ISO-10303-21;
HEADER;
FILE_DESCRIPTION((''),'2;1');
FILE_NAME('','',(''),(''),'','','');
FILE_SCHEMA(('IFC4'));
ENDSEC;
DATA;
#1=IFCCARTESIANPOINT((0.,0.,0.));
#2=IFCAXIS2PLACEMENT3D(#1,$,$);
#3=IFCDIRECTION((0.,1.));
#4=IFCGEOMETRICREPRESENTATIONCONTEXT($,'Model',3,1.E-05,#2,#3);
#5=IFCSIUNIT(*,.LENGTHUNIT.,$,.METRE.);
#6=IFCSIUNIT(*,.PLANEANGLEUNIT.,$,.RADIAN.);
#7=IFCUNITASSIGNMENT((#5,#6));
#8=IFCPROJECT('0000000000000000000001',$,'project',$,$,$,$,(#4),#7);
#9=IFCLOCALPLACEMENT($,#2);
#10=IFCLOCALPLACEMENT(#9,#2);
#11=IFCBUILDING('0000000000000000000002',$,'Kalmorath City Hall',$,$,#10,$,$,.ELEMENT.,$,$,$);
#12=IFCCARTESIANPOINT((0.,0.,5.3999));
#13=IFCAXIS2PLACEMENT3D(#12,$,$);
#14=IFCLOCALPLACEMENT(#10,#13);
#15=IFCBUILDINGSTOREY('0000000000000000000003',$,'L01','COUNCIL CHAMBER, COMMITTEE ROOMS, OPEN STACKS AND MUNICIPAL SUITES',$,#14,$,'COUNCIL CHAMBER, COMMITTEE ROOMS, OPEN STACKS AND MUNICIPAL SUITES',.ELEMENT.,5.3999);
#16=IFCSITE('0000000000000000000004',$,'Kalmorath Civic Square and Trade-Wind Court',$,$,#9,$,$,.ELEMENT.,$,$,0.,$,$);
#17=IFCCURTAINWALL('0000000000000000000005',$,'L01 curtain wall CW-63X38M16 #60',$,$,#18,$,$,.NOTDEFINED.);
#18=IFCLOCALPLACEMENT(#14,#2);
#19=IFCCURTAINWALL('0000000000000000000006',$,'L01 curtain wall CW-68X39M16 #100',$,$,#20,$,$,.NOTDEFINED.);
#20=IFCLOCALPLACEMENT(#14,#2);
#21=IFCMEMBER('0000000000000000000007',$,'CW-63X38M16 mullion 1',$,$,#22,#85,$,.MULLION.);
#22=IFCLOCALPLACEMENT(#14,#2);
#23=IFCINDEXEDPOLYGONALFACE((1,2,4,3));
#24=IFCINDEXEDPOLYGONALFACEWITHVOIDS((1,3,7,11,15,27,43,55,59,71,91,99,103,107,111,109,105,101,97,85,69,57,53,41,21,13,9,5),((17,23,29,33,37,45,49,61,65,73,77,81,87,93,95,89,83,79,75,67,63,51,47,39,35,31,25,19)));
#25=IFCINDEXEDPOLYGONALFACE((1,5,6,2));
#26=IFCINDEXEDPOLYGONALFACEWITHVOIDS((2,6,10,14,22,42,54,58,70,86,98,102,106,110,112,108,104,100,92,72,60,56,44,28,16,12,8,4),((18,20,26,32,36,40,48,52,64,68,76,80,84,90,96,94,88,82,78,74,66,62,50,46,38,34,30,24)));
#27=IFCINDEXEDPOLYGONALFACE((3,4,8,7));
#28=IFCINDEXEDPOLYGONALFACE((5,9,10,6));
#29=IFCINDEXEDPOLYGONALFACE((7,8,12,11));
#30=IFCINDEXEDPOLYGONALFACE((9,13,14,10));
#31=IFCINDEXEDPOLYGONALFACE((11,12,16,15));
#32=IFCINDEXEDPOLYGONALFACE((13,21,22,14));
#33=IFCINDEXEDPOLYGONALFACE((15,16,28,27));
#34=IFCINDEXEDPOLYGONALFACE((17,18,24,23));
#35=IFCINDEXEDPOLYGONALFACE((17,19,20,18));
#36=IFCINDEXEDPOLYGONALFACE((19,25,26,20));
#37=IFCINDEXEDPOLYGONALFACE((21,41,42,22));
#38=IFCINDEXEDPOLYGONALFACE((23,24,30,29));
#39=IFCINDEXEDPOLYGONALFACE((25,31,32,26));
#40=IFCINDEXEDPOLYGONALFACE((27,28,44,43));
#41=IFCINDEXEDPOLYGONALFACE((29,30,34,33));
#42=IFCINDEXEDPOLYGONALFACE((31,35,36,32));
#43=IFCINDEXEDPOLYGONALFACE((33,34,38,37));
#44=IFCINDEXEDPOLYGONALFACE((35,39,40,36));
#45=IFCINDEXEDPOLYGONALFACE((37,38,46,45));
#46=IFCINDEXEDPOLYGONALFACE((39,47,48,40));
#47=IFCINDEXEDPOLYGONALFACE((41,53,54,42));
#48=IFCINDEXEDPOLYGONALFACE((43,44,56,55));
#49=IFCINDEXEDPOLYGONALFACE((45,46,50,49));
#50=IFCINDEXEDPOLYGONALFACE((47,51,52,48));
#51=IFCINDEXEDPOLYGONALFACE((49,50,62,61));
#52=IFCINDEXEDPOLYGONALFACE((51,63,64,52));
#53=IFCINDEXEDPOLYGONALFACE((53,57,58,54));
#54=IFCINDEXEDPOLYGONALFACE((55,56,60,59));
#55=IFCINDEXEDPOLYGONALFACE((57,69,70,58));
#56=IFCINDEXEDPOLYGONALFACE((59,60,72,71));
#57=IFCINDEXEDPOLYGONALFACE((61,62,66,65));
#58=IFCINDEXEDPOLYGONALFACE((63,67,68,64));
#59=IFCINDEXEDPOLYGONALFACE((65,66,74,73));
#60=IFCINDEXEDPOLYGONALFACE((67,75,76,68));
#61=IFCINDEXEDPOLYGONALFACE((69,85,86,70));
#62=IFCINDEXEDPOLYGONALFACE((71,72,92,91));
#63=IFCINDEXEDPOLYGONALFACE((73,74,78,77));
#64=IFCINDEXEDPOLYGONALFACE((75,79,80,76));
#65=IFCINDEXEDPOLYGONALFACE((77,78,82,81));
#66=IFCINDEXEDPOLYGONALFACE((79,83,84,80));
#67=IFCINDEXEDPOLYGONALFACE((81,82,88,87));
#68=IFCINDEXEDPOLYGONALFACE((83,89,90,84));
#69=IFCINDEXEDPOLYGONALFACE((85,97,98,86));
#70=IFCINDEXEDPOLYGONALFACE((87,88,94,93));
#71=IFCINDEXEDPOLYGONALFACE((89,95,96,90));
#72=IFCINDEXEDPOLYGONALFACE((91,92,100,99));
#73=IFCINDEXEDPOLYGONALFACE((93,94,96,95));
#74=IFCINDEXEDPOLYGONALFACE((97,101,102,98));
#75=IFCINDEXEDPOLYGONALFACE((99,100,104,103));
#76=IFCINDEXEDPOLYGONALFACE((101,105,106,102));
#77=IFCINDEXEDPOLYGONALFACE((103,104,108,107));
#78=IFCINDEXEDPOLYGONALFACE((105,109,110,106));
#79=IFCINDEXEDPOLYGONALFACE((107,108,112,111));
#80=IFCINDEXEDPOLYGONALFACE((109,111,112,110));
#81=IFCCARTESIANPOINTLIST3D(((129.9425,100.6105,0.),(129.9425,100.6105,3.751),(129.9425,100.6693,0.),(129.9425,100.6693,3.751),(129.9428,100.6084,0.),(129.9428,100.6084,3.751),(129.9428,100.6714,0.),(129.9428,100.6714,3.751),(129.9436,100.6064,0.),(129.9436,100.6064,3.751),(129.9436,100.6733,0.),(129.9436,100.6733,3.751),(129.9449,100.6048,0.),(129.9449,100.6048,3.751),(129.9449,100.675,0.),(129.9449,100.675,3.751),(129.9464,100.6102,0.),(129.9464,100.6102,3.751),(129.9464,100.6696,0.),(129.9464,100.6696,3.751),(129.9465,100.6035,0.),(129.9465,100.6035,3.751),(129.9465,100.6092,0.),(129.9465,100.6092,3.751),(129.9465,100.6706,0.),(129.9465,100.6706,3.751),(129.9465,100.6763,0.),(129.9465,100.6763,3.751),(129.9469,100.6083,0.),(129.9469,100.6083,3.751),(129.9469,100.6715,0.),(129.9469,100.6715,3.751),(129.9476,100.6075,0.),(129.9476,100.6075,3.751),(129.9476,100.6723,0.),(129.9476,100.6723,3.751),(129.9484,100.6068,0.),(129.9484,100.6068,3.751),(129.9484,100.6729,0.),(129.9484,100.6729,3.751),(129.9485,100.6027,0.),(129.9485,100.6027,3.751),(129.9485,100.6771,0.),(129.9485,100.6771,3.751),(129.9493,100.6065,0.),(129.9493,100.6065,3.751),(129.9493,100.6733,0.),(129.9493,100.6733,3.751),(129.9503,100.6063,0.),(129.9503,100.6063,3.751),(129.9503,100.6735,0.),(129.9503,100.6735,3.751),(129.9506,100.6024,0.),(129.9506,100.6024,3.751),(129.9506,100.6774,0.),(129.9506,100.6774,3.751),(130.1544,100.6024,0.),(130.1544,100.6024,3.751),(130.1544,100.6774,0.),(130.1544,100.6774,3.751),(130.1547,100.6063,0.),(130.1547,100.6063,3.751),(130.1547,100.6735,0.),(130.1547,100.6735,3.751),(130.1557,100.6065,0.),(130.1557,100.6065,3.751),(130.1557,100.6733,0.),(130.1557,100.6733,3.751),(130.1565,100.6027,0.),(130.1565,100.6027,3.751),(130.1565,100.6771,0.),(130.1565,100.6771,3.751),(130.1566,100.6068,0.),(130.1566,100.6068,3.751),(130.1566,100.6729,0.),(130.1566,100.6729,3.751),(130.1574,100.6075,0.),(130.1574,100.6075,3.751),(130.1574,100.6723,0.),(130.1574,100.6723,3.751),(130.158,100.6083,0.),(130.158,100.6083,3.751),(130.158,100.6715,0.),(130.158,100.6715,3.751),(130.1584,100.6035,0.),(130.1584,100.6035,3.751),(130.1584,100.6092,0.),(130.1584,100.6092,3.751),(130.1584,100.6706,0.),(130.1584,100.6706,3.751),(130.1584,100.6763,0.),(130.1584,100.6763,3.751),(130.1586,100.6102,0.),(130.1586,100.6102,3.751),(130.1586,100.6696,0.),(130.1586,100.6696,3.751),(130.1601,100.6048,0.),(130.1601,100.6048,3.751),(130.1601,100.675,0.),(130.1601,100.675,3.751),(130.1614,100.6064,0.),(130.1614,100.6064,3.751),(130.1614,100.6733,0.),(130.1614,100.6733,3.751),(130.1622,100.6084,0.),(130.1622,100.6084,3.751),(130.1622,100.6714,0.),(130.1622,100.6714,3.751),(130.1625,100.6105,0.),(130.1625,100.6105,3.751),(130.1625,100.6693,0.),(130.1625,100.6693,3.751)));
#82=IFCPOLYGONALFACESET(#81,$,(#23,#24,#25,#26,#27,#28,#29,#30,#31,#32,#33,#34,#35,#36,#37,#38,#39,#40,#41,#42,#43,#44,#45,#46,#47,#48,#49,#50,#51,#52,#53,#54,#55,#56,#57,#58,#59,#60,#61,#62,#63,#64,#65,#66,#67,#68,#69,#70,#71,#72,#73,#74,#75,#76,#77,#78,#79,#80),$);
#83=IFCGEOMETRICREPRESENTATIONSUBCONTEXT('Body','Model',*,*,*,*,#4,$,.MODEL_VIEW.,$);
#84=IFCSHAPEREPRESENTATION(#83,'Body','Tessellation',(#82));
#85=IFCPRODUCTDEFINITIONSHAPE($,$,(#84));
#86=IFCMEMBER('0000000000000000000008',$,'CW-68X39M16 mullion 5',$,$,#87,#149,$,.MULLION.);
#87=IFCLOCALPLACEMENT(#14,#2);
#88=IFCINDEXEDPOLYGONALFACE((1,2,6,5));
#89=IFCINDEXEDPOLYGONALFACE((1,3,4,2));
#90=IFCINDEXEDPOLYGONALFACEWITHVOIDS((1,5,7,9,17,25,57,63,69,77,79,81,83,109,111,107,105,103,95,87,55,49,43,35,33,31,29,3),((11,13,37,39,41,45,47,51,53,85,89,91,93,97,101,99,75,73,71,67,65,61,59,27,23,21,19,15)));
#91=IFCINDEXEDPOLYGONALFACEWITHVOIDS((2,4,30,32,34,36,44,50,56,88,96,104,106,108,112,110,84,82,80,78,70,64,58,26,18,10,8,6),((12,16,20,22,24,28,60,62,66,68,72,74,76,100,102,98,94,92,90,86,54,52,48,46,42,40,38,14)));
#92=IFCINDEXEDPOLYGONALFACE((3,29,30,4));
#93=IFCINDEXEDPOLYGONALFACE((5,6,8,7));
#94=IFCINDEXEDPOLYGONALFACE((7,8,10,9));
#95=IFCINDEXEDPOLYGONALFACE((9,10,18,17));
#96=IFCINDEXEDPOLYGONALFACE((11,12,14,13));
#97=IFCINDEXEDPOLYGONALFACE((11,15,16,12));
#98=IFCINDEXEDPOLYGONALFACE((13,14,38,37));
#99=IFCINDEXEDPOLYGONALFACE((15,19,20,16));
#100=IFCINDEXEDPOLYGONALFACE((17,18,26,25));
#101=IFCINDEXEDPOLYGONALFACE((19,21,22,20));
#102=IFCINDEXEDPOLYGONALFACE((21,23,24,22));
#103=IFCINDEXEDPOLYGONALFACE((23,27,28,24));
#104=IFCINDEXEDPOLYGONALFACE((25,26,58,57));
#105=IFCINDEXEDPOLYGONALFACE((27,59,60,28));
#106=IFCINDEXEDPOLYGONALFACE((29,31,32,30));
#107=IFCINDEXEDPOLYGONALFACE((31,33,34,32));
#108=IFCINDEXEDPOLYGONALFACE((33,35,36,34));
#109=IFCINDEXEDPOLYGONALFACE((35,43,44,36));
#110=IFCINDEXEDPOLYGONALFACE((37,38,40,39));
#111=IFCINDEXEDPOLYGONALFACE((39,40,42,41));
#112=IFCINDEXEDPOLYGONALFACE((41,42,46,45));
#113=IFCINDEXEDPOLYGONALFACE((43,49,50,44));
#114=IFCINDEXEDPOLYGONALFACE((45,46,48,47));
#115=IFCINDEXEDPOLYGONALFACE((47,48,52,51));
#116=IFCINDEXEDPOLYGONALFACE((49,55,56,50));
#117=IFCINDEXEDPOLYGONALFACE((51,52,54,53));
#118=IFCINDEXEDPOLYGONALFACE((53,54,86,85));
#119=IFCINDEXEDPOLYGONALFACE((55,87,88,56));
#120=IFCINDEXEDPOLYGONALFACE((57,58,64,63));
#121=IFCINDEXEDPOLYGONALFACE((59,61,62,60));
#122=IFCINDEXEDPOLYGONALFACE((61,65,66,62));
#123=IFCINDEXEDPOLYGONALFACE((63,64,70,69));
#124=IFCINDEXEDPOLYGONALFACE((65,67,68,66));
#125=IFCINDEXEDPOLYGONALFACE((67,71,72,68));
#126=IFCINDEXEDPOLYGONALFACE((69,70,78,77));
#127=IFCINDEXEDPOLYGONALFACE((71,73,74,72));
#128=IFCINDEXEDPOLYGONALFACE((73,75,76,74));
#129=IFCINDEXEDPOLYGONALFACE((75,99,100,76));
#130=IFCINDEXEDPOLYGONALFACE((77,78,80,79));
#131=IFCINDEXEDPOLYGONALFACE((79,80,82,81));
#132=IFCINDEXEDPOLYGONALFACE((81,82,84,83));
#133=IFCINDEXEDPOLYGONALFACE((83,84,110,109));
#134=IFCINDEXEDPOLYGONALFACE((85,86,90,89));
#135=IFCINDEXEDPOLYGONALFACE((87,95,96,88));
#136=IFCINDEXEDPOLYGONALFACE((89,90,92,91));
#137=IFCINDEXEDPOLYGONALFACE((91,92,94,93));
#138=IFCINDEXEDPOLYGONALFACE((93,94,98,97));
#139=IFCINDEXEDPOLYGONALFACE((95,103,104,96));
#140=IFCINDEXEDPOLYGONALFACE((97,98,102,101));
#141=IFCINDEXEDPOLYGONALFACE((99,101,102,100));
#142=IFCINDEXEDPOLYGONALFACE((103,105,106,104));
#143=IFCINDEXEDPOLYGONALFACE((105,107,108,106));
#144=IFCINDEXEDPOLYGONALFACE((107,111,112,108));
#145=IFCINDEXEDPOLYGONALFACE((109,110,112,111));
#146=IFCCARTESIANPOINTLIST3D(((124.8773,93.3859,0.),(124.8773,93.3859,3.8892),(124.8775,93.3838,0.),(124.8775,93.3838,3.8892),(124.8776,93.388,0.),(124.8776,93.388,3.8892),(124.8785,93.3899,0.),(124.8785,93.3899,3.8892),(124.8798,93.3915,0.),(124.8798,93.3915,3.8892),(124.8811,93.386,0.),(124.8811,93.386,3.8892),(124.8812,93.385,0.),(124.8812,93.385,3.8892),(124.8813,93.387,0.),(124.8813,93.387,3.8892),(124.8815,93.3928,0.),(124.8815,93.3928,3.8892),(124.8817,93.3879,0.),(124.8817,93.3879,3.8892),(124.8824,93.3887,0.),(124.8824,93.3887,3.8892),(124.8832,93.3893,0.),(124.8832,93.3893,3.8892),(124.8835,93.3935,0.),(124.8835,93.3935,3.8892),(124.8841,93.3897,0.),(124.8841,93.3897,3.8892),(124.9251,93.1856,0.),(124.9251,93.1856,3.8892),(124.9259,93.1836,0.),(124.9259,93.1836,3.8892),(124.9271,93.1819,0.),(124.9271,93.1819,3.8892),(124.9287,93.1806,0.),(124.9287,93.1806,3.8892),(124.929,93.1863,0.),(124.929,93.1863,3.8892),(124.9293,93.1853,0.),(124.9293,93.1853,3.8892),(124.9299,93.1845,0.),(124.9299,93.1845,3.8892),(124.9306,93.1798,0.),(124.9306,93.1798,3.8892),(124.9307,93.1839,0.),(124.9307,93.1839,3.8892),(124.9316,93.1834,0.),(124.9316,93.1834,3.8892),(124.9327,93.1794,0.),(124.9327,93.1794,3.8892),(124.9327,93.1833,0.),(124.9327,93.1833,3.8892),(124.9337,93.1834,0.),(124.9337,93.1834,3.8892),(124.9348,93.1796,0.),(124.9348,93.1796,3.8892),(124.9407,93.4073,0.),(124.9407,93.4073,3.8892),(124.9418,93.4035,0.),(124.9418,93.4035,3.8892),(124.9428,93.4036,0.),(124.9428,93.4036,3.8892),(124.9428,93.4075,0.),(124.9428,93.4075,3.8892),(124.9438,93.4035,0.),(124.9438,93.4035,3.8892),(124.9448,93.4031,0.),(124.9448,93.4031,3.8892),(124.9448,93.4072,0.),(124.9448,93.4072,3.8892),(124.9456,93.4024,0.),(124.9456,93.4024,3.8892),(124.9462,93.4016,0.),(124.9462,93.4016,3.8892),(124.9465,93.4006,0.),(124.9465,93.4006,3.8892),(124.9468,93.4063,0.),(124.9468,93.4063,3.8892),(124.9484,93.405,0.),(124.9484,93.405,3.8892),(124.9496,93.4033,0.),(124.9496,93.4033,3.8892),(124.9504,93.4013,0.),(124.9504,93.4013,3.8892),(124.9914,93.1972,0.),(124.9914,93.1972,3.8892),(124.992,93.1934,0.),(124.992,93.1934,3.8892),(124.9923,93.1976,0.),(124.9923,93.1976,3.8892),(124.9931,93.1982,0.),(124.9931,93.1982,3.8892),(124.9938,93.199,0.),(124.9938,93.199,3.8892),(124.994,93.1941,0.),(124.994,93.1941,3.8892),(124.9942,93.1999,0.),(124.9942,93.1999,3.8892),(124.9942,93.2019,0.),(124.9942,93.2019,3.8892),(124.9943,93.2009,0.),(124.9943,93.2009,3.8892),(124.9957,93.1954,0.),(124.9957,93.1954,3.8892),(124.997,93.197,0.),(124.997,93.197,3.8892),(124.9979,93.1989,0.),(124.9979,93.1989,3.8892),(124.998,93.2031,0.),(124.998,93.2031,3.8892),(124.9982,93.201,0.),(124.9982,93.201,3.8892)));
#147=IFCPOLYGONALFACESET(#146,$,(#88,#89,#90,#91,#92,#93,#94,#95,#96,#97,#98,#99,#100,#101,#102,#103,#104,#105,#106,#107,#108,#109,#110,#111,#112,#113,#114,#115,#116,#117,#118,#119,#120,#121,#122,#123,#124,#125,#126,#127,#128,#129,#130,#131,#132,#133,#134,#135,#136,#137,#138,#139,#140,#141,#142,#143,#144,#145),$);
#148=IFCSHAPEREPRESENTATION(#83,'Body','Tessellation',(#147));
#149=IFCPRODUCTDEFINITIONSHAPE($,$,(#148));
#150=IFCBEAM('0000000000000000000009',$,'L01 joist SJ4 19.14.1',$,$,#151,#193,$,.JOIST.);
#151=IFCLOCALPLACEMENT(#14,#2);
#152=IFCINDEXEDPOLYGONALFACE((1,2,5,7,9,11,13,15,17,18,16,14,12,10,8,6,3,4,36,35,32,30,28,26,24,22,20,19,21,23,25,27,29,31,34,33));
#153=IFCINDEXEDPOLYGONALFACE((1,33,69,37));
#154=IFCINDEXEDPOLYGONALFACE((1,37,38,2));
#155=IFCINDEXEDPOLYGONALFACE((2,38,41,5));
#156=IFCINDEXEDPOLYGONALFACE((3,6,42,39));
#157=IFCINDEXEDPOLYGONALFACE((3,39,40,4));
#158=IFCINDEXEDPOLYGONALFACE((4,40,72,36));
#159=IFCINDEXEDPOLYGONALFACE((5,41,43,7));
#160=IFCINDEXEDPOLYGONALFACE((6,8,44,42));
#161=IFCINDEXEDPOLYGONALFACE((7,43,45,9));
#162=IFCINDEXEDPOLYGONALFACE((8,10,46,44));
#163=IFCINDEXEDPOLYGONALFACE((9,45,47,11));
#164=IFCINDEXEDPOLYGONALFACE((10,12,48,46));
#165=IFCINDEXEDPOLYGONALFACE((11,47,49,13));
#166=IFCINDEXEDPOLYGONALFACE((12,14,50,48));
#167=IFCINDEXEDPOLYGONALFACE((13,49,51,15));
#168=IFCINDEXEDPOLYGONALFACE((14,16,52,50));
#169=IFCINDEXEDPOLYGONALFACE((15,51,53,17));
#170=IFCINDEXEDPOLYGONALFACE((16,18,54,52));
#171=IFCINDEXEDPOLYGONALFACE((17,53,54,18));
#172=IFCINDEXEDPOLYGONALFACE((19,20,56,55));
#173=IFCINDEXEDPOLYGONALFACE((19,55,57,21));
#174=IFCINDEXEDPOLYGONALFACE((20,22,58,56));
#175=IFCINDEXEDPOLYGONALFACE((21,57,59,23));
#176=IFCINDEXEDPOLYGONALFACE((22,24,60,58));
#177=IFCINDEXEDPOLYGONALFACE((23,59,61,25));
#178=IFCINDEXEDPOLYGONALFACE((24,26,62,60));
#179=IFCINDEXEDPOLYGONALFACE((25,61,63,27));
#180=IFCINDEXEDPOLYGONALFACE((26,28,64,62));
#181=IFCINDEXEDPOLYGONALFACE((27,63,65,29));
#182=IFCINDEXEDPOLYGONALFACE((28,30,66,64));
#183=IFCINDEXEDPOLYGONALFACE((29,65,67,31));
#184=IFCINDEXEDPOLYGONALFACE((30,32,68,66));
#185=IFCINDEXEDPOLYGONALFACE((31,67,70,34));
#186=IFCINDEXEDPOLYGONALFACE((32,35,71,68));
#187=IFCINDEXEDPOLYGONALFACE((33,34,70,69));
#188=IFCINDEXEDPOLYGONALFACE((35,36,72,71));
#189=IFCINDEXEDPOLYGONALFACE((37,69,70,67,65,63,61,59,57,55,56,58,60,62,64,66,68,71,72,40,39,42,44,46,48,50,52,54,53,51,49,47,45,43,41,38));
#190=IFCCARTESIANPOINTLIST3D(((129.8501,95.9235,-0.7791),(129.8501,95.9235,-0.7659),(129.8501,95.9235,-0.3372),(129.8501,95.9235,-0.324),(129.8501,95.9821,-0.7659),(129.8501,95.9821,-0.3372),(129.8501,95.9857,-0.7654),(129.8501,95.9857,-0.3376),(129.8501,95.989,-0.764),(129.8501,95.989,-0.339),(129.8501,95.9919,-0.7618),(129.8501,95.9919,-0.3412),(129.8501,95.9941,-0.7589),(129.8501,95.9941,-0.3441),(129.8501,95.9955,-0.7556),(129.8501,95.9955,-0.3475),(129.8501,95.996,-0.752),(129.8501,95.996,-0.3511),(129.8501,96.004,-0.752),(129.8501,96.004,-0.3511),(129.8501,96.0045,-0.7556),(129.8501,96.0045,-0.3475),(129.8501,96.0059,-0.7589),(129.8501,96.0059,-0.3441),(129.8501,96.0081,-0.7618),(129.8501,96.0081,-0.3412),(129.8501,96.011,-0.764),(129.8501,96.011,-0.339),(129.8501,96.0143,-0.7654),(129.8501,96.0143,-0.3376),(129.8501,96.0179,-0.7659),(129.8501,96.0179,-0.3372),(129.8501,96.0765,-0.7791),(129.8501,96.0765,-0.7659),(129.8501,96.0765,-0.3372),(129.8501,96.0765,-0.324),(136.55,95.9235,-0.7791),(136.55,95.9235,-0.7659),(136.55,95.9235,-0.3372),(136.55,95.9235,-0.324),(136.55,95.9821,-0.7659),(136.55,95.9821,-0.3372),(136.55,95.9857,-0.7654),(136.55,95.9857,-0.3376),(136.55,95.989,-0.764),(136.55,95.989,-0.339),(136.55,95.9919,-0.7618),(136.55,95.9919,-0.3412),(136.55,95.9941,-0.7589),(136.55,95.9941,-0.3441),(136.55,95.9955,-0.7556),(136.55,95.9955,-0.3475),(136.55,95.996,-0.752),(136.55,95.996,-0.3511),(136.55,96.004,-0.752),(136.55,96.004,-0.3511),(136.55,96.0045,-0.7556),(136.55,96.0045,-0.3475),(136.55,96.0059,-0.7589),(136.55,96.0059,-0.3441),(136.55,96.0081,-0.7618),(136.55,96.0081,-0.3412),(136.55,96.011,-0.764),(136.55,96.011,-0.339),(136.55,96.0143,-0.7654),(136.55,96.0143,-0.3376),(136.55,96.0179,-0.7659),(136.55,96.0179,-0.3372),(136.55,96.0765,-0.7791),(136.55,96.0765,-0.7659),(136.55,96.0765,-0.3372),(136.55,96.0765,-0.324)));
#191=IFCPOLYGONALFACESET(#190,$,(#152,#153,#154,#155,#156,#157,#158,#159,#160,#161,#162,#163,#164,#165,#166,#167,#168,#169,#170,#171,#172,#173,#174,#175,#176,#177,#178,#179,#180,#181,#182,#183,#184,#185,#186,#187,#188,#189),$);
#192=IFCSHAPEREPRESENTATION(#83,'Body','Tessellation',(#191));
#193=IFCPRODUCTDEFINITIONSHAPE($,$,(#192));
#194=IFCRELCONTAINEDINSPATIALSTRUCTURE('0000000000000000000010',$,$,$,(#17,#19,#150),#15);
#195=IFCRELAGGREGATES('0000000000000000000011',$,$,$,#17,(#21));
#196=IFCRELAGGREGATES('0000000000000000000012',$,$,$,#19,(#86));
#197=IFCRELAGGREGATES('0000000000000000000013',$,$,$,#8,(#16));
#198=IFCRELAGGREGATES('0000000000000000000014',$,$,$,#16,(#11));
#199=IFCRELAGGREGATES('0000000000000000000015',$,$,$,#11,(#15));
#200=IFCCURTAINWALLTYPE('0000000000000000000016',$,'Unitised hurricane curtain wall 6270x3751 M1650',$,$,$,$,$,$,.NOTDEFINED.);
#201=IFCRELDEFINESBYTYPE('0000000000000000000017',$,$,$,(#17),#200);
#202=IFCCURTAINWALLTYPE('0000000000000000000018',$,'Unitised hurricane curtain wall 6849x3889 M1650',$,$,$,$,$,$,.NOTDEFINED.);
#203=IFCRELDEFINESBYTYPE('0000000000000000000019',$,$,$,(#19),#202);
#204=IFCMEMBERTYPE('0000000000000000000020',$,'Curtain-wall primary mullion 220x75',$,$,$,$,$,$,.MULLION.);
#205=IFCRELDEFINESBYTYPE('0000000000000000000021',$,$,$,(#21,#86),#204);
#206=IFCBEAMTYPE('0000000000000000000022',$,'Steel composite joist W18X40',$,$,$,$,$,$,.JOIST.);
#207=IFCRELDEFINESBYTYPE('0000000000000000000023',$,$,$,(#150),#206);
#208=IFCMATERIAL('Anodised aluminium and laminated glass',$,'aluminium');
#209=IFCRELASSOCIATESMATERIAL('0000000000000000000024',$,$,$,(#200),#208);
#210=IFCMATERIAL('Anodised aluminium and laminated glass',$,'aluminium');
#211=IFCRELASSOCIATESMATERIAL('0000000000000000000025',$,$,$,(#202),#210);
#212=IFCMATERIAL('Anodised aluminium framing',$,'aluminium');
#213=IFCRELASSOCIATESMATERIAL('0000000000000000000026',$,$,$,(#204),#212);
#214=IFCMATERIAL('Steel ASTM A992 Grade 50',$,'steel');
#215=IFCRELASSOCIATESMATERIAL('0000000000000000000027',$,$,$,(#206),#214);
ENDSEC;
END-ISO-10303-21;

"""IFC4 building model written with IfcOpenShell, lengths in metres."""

from ifc_helpers import new_model, si_unit, direction, frame, origin, origin_2d, place, context, subcontext, project, spatial, hollow_rectangle, i_section, extrude, material, material_profile, profile_set, type_object, element, aggregate, save


model = new_model("IFC4")

# Units and contexts
model_context = context("Model", 3, precision=1e-05, world=origin(), true_north=direction((0.0, 1.0)))
body_context = subcontext(model_context, "Body", "Model", "MODEL_VIEW")
ifc_project = project(units=[si_unit("LENGTHUNIT", "METRE"), si_unit("PLANEANGLEUNIT", "RADIAN")], contexts=[model_context])

# Site, building, storey
site_placement = place(None, origin())
site = spatial("IfcSite", under=ifc_project, at=site_placement, Name="Kalmorath Civic Square and Trade-Wind Court", CompositionType="ELEMENT", RefElevation=0.0)
building_placement = place(site_placement, origin())
building = spatial("IfcBuilding", under=site, at=building_placement, Name="Kalmorath City Hall", CompositionType="ELEMENT")
storey_placement = place(building_placement, frame((0.0, 0.0, 5.3999)))
storey = spatial("IfcBuildingStorey", under=building, at=storey_placement, Name="L01", Description="COUNCIL CHAMBER, COMMITTEE ROOMS, OPEN STACKS AND MUNICIPAL SUITES", LongName="COUNCIL CHAMBER, COMMITTEE ROOMS, OPEN STACKS AND MUNICIPAL SUITES", CompositionType="ELEMENT", Elevation=5.3999)

# Curtain wall
ifc_material_1 = material(Name="Anodised aluminium and laminated glass", Category="aluminium")
curtain_wall_type_1 = type_object("IfcCurtainWallType", Name="Unitised hurricane curtain wall 6270x3751 M1650", PredefinedType="NOTDEFINED", material=ifc_material_1)
curtain_wall_1_placement = place(storey_placement, origin())
curtain_wall_1 = element("IfcCurtainWall", 1, at=curtain_wall_1_placement, inside=storey, type_object=curtain_wall_type_1, Name="L01 curtain wall CW-63X38M16 #60", PredefinedType="NOTDEFINED")

# Curtain wall
ifc_material_2 = material(Name="Anodised aluminium and laminated glass", Category="aluminium")
curtain_wall_type_2 = type_object("IfcCurtainWallType", Name="Unitised hurricane curtain wall 6849x3889 M1650", PredefinedType="NOTDEFINED", material=ifc_material_2)
curtain_wall_2_placement = place(storey_placement, origin())
curtain_wall_2 = element("IfcCurtainWall", 2, at=curtain_wall_2_placement, inside=storey, type_object=curtain_wall_type_2, Name="L01 curtain wall CW-68X39M16 #100", PredefinedType="NOTDEFINED")

# Members
ifc_material_3 = material(Name="Anodised aluminium framing", Category="aluminium")
ifc_material_profile_1 = material_profile(ifc_material_3, hollow_rectangle(XDim=0.075, YDim=0.22, WallThickness=0.0039, InnerFilletRadius=0.0039, OuterFilletRadius=0.0081, at=origin_2d()), Name="ALU-MUL-220X75X4")
ifc_profile_set_1 = profile_set([ifc_material_profile_1], Name="Anodised aluminium framing")
member_type_1 = type_object("IfcMemberType", Name="Curtain-wall primary mullion 220x75", PredefinedType="MULLION", material=ifc_profile_set_1)
member_1_placement = place(storey_placement, frame((130.0525, 100.6399, 0.0), z_axis=(0.0, 0.0, 1.0), x_axis=(0.0, 1.0, 0.0)))
member_1 = element("IfcMember", 3, at=member_1_placement, type_object=member_type_1, Name="CW-63X38M16 mullion 1", PredefinedType="MULLION", context=body_context, shape_type="SweptSolid", body=[
    extrude(hollow_rectangle(XDim=0.075, YDim=0.22, WallThickness=0.0039, InnerFilletRadius=0.0039, OuterFilletRadius=0.0081, at=origin_2d()), origin(), (0.0, 0.0, 1.0), 3.751),
])
member_2_placement = place(storey_placement, frame((124.9377, 93.2935, 0.0), z_axis=(0.0, 0.0, 1.0), x_axis=(-0.972367, -0.233456, 0.0)))
member_2 = element("IfcMember", 4, at=member_2_placement, type_object=member_type_1, Name="CW-68X39M16 mullion 5", PredefinedType="MULLION", context=body_context, shape_type="SweptSolid", body=[
    extrude(hollow_rectangle(XDim=0.075, YDim=0.22, WallThickness=0.0039, InnerFilletRadius=0.0039, OuterFilletRadius=0.0081, at=origin_2d()), origin(), (0.0, 0.0, 1.0), 3.8892),
])

# Beam
ifc_material_4 = material(Name="Steel ASTM A992 Grade 50", Category="steel")
ifc_material_profile_2 = material_profile(ifc_material_4, i_section(OverallWidth=0.1531, OverallDepth=0.4551, WebThickness=0.0081, FlangeThickness=0.0132, FilletRadius=0.0139, at=origin_2d()), Name="W18X40")
ifc_profile_set_2 = profile_set([ifc_material_profile_2], Name="Steel ASTM A992 Grade 50")
beam_type_1 = type_object("IfcBeamType", Name="Steel composite joist W18X40", PredefinedType="JOIST", material=ifc_profile_set_2)
for number, where, z_axis, x_axis, name in (
    (5, (129.8501, 96.0, -0.5515), (1.0, 0.0, 0.0), (0.0, 1.0, 0.0), "L01 joist SJ4 19.14.1"),
):
    element("IfcBeam", number, at=place(storey_placement, frame(where, z_axis=z_axis, x_axis=x_axis)), inside=storey, type_object=beam_type_1, Name=name, PredefinedType="JOIST", context=body_context, shape_type="SweptSolid", body=[
        extrude(i_section(OverallWidth=0.1531, OverallDepth=0.4551, WebThickness=0.0081, FlangeThickness=0.0132, FilletRadius=0.0139, at=origin_2d()), origin(), (0.0, 0.0, 1.0), 6.7),
    ])

aggregate(curtain_wall_1, [member_1])
aggregate(curtain_wall_2, [member_2])

save(model, "model.ifc")
